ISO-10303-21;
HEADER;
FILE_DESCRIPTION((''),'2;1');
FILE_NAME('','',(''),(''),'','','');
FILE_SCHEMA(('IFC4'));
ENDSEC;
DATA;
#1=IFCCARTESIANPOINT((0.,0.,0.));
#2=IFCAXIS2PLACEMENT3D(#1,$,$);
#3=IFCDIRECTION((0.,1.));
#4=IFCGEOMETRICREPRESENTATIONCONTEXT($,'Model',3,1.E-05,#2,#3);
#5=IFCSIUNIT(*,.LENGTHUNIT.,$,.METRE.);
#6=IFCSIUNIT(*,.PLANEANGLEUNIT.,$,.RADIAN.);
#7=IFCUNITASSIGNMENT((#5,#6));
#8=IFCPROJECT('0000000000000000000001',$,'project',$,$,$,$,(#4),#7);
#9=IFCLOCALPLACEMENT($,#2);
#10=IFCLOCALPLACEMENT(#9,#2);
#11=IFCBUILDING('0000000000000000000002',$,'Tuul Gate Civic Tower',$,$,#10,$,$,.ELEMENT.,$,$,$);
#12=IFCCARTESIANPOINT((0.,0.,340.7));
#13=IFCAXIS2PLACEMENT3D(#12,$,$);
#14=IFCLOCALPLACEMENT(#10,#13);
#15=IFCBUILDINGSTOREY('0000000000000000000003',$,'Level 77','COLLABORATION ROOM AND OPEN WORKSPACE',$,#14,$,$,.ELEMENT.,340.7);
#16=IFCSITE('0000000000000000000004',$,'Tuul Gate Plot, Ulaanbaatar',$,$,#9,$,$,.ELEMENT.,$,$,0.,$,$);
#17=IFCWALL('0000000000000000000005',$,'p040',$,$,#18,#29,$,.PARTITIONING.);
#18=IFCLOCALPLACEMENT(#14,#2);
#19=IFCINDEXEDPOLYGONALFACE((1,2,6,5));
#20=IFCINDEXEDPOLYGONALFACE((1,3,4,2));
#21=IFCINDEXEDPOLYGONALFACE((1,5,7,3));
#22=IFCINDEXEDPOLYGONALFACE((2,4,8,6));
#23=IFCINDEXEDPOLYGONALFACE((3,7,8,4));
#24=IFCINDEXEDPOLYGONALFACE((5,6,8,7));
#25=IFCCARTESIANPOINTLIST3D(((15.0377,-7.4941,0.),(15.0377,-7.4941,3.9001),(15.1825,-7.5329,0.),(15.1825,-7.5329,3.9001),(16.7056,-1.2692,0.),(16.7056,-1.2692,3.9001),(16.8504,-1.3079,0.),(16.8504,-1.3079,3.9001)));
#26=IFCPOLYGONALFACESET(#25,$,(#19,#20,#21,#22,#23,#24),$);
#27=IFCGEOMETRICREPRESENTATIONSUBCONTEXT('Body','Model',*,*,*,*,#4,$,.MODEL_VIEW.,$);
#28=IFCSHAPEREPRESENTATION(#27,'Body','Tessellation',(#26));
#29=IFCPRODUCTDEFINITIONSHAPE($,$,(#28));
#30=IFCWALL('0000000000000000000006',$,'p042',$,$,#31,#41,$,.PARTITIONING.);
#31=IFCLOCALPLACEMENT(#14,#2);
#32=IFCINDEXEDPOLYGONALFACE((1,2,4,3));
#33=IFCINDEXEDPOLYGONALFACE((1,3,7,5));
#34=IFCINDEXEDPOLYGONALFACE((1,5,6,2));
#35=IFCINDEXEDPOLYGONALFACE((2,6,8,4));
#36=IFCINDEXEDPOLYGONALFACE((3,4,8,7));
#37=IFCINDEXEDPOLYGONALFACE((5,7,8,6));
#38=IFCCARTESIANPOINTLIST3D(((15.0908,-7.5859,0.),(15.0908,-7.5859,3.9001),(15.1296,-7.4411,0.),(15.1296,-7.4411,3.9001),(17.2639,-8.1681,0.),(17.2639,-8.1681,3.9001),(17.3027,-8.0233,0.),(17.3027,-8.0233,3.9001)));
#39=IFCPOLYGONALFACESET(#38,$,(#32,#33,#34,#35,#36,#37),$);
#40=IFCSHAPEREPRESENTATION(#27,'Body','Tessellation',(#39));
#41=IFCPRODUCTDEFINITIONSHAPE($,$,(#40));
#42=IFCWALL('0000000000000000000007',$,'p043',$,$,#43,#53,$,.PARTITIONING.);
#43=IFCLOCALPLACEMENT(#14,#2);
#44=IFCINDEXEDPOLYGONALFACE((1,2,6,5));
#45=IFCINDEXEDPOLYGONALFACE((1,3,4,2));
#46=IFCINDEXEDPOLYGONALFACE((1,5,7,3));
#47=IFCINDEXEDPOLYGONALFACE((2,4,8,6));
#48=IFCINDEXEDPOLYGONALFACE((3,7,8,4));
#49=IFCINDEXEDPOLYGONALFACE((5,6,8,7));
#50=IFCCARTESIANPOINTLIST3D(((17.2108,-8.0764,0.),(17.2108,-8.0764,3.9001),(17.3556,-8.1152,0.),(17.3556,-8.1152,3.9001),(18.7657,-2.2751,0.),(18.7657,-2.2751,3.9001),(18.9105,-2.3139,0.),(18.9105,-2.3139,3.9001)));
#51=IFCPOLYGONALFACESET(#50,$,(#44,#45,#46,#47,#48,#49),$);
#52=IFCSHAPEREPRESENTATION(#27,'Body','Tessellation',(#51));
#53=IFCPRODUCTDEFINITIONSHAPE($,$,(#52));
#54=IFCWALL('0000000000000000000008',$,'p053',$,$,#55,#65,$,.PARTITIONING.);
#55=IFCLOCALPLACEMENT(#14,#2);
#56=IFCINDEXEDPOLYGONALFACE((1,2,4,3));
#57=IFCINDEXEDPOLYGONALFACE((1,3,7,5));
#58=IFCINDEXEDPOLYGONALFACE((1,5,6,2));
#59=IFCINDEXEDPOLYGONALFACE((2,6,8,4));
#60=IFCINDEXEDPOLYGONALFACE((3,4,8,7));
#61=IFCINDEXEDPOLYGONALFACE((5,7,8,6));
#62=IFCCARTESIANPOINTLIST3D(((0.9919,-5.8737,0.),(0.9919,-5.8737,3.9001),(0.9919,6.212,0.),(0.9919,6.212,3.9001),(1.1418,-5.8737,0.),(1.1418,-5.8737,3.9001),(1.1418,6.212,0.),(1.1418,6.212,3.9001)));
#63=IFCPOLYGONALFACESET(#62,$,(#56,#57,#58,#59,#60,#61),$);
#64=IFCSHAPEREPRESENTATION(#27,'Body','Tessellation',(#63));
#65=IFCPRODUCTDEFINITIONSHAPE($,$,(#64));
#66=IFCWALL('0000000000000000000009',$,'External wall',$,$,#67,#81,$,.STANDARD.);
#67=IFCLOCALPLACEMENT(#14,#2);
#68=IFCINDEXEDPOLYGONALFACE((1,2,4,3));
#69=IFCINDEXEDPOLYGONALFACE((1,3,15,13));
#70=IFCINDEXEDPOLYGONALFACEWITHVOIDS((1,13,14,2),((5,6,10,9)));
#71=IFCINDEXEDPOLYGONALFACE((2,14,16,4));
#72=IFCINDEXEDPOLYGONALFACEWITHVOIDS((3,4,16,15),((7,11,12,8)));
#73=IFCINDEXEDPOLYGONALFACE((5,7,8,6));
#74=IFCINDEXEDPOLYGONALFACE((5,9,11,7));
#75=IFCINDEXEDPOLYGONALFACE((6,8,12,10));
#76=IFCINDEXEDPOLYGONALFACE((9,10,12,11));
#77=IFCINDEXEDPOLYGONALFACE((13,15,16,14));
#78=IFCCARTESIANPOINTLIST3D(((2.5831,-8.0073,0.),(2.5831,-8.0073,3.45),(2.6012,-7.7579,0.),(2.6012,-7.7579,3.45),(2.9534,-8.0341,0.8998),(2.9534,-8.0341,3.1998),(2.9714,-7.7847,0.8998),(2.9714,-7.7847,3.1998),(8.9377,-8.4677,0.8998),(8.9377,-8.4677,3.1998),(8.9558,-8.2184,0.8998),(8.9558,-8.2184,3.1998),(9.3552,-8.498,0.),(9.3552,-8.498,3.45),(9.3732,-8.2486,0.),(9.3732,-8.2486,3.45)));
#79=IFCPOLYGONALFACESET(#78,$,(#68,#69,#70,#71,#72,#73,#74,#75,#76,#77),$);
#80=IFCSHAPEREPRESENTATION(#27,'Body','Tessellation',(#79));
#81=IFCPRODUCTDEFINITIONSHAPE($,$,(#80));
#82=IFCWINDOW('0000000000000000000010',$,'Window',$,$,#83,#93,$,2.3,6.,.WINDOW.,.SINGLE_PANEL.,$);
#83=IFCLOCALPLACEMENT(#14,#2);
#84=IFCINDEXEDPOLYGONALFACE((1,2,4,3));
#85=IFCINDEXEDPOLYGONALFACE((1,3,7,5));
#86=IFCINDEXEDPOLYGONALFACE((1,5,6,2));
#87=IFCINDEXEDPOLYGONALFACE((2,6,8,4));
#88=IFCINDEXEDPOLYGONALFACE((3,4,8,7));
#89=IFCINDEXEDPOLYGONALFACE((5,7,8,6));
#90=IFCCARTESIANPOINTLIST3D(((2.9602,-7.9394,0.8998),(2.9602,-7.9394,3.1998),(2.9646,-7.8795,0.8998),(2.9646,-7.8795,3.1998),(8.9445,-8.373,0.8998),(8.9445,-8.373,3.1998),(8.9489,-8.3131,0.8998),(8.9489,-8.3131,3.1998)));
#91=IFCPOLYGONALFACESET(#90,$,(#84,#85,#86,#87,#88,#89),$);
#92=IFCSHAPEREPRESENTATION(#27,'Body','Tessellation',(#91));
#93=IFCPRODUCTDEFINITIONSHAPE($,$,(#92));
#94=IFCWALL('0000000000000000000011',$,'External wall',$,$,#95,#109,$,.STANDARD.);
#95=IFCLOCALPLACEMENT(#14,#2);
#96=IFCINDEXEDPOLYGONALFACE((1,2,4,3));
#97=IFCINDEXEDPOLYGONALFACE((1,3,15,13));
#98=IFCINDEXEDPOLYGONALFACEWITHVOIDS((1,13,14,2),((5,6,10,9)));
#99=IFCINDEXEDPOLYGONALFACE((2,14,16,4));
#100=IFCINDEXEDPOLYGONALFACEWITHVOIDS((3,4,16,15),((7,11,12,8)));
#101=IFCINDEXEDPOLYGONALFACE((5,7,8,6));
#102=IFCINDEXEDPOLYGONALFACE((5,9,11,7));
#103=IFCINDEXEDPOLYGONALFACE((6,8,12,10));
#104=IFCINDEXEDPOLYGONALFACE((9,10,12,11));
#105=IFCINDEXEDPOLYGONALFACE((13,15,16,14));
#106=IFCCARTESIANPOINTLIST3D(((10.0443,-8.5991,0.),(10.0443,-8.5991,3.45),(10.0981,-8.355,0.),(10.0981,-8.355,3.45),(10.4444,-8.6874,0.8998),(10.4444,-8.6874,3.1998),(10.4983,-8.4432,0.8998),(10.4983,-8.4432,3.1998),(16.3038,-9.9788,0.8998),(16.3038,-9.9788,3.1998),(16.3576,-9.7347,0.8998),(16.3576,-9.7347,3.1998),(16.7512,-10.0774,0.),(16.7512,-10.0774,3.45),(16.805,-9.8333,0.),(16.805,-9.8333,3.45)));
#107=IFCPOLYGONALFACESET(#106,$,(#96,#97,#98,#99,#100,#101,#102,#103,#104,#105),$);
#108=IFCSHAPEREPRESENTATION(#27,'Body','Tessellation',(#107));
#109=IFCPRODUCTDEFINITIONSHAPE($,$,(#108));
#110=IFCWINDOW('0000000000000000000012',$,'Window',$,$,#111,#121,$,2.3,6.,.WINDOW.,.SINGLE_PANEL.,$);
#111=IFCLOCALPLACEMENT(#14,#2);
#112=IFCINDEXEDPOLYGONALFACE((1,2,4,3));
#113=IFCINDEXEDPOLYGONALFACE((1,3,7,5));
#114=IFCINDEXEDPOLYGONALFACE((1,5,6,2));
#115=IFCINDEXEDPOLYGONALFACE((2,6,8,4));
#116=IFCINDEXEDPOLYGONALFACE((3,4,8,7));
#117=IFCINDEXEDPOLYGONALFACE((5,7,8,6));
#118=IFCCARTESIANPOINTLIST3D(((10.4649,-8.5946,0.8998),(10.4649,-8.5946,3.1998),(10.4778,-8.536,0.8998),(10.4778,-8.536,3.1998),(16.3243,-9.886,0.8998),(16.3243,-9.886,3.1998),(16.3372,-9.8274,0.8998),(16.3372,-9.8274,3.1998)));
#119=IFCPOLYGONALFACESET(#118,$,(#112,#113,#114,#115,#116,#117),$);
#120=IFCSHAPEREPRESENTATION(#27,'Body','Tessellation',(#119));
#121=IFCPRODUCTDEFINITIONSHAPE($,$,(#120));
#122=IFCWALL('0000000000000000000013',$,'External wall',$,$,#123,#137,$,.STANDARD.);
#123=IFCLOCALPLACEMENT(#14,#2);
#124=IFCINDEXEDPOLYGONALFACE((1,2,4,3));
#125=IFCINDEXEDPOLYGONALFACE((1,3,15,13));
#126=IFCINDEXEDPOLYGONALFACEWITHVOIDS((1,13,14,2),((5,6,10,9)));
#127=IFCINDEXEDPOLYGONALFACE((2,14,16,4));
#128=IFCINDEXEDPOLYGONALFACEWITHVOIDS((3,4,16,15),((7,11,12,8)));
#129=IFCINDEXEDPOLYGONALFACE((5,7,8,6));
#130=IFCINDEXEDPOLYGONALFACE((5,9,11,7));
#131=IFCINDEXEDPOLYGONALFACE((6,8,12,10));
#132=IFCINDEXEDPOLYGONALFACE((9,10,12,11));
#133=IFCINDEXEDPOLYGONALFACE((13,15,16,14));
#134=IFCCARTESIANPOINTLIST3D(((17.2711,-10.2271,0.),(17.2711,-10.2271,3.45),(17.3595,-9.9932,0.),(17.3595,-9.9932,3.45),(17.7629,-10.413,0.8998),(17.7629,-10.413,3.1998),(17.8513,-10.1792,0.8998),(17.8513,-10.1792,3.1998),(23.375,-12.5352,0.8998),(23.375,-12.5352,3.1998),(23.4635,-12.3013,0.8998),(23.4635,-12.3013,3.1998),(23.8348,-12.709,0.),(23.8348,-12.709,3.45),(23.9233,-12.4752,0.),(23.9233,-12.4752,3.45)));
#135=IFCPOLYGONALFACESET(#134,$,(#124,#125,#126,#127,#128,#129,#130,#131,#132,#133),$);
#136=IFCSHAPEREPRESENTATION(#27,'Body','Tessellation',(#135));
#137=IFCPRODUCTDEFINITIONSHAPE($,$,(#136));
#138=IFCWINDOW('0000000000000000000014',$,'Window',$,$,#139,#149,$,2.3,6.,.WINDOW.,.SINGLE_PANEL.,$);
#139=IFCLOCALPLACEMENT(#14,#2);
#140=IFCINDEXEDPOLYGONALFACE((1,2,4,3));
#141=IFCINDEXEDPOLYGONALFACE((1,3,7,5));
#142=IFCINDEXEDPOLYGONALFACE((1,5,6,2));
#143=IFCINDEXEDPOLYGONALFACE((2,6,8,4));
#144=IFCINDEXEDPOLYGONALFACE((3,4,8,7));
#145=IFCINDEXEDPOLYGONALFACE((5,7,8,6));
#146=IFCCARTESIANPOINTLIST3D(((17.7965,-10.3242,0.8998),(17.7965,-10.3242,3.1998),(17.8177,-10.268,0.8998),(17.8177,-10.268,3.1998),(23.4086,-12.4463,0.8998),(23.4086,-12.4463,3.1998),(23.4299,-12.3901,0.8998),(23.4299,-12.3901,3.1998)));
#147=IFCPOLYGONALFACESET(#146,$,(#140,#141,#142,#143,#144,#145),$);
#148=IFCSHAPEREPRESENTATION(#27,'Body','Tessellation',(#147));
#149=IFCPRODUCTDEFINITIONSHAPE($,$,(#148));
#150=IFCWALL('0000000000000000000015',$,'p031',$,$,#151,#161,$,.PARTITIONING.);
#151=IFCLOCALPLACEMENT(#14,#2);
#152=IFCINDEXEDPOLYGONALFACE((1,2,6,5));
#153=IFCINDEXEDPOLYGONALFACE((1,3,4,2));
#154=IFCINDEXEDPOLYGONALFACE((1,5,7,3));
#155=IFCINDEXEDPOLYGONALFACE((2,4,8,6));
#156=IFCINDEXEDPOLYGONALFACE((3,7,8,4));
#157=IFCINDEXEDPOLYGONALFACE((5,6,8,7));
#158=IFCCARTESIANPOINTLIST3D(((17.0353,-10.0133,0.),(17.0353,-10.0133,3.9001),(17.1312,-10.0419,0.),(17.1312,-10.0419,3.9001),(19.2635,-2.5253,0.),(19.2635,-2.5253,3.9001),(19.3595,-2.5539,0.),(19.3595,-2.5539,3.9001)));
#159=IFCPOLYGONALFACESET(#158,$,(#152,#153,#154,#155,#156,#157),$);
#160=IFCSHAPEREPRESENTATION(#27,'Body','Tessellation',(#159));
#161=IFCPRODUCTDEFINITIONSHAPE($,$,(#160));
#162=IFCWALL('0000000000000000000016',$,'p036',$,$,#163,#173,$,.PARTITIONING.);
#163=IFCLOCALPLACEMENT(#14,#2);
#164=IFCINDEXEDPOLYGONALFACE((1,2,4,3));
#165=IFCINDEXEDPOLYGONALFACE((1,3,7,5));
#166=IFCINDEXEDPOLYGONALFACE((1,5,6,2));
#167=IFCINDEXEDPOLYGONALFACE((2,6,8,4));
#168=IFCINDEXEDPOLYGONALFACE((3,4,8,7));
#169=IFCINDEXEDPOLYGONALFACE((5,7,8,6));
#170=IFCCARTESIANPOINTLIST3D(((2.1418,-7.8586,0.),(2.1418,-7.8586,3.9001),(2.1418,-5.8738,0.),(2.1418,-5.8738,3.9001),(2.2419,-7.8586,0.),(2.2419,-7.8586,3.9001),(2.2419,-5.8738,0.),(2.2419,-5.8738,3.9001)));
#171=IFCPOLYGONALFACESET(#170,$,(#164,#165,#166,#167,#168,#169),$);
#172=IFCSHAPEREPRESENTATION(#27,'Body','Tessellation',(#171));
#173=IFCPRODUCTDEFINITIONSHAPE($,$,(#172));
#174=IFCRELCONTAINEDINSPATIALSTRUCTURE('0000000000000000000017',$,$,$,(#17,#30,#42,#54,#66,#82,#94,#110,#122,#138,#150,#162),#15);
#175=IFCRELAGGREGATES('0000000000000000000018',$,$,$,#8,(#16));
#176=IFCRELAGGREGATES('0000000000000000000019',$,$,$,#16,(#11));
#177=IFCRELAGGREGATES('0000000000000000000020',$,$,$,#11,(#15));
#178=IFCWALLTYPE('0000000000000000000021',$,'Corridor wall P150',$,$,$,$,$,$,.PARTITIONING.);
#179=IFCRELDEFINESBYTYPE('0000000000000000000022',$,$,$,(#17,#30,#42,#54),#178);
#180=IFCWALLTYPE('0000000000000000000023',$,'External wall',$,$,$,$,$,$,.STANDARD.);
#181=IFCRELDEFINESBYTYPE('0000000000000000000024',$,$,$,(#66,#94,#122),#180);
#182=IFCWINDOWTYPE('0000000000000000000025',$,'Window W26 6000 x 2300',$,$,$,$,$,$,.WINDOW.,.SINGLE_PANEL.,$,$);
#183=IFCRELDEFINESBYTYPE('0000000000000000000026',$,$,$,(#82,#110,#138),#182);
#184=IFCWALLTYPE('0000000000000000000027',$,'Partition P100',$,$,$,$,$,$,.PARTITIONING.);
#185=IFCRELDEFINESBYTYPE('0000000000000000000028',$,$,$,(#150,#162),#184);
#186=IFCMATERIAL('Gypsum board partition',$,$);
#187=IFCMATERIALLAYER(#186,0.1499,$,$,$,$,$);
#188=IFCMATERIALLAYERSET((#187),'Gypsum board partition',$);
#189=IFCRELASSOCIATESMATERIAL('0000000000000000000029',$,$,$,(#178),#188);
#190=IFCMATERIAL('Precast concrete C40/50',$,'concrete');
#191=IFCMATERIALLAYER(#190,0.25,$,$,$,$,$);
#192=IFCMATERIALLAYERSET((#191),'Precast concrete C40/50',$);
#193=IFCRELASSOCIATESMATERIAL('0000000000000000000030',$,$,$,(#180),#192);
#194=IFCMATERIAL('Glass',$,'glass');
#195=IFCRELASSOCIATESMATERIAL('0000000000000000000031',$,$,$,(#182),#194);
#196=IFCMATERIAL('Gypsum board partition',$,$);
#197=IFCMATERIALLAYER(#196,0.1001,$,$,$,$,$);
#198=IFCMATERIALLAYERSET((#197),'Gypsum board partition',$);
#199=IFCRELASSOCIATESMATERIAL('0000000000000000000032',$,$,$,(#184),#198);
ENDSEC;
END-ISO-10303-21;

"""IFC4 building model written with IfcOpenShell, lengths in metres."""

from ifc_helpers import new_model, si_unit, direction, frame, frame_2d, origin, place, context, subcontext, project, spatial, rectangle, extrude, material, layer, layer_set, type_object, element, fill, save


model = new_model("IFC4")

# Units and contexts
model_context = context("Model", 3, precision=1e-05, world=origin(), true_north=direction((0.0, 1.0)))
body_context = subcontext(model_context, "Body", "Model", "MODEL_VIEW")
ifc_project = project(units=[si_unit("LENGTHUNIT", "METRE"), si_unit("PLANEANGLEUNIT", "RADIAN")], contexts=[model_context])

# Site, building, storey
site_placement = place(None, origin())
site = spatial("IfcSite", under=ifc_project, at=site_placement, Name="Tuul Gate Plot, Ulaanbaatar", CompositionType="ELEMENT", RefElevation=0.0)
building_placement = place(site_placement, origin())
building = spatial("IfcBuilding", under=site, at=building_placement, Name="Tuul Gate Civic Tower", CompositionType="ELEMENT")
storey_placement = place(building_placement, frame((0.0, 0.0, 340.7)))
storey = spatial("IfcBuildingStorey", under=building, at=storey_placement, Name="Level 77", Description="COLLABORATION ROOM AND OPEN WORKSPACE", CompositionType="ELEMENT", Elevation=340.7)

# Walls
ifc_material_1 = material(Name="Gypsum board partition")
ifc_layer_1 = layer(ifc_material_1, 0.1499)
ifc_layer_set_1 = layer_set([ifc_layer_1], Name="Gypsum board partition")
wall_type_1 = type_object("IfcWallType", Name="Corridor wall P150", PredefinedType="PARTITIONING", material=ifc_layer_set_1)
wall_1_placement = place(storey_placement, frame((15.1101, -7.5134, 0.0), z_axis=(0.0, 0.0, 1.0), x_axis=(0.258813, 0.965927, 0.0)))
element("IfcWall", 1, at=wall_1_placement, inside=storey, type_object=wall_type_1, Name="p040", PredefinedType="PARTITIONING", context=body_context, shape_type="SweptSolid", body=[
    extrude(rectangle(XDim=6.4446, YDim=0.1499, at=frame_2d((3.2222, 0.0))), origin(), (0.0, 0.0, 1.0), 3.9001),
])
wall_2_placement = place(storey_placement, frame((15.1101, -7.5134, 0.0), z_axis=(0.0, 0.0, 1.0), x_axis=(0.965926, -0.258817, 0.0)))
element("IfcWall", 2, at=wall_2_placement, inside=storey, type_object=wall_type_1, Name="p042", PredefinedType="PARTITIONING", context=body_context, shape_type="SweptSolid", body=[
    extrude(rectangle(XDim=2.2498, YDim=0.1499, at=frame_2d((1.125, 0.0))), origin(), (0.0, 0.0, 1.0), 3.9001),
])
wall_3_placement = place(storey_placement, frame((17.2832, -8.0957, 0.0), z_axis=(0.0, 0.0, 1.0), x_axis=(0.258895, 0.965906, 0.0)))
element("IfcWall", 3, at=wall_3_placement, inside=storey, type_object=wall_type_1, Name="p043", PredefinedType="PARTITIONING", context=body_context, shape_type="SweptSolid", body=[
    extrude(rectangle(XDim=6.0061, YDim=0.1499, at=frame_2d((3.0029, 0.0))), origin(), (0.0, 0.0, 1.0), 3.9001),
])
wall_4_placement = place(storey_placement, frame((1.0669, -5.8738, 0.0), z_axis=(0.0, 0.0, 1.0), x_axis=(0.0, 1.0, 0.0)))
element("IfcWall", 4, at=wall_4_placement, inside=storey, type_object=wall_type_1, Name="p053", PredefinedType="PARTITIONING", context=body_context, shape_type="SweptSolid", body=[
    extrude(rectangle(XDim=12.0857, YDim=0.1499, at=frame_2d((6.043, 0.0))), origin(), (0.0, 0.0, 1.0), 3.9001),
])

# Walls, openings, windows
ifc_material_2 = material(Name="Precast concrete C40/50", Category="concrete")
ifc_layer_2 = layer(ifc_material_2, 0.25)
ifc_layer_set_2 = layer_set([ifc_layer_2], Name="Precast concrete C40/50")
wall_type_2 = type_object("IfcWallType", Name="External wall", PredefinedType="STANDARD", material=ifc_layer_set_2)
wall_5_placement = place(storey_placement, frame((2.592, -7.8826, 0.0), z_axis=(0.0, 0.0, 1.0), x_axis=(0.997385, -0.072274, 0.0)))
wall_5 = element("IfcWall", 5, at=wall_5_placement, inside=storey, type_object=wall_type_2, Name="External wall", PredefinedType="STANDARD", context=body_context, shape_type="SweptSolid", body=[
    extrude(rectangle(XDim=6.7898, YDim=0.25, at=frame_2d((3.395, 0.0))), origin(), (0.0, 0.0, 1.0), 3.45),
])
opening_1_placement = place(wall_5_placement, frame((0.3713, 0.0, 0.8999)))
opening_1 = element("IfcOpeningElement", 6, at=opening_1_placement, cuts=wall_5, PredefinedType="OPENING", context=body_context, shape_type="SweptSolid", body=[
    extrude(rectangle(XDim=6.0, YDim=2.3, at=frame_2d((3.0, 1.1499))), frame((0.0, 0.135, 0.0), z_axis=(0.0, -1.0, 0.0), x_axis=(1.0, 0.0, 0.0)), (0.0, 0.0, 1.0), 0.27),
])
ifc_material_3 = material(Name="Glass", Category="glass")
window_type = type_object("IfcWindowType", Name="Window W26 6000 x 2300", PartitioningType="SINGLE_PANEL", PredefinedType="WINDOW", material=ifc_material_3)
window_1_placement = place(opening_1_placement, origin())
window_1 = element("IfcWindow", 7, at=window_1_placement, inside=storey, type_object=window_type, Name="Window", OverallHeight=2.3, OverallWidth=6.0, PartitioningType="SINGLE_PANEL", PredefinedType="WINDOW", context=body_context, shape_type="SweptSolid", body=[
    extrude(rectangle(XDim=6.0, YDim=2.3, at=frame_2d((3.0, 1.1499))), frame((0.0, 0.03, 0.0), z_axis=(0.0, -1.0, 0.0), x_axis=(1.0, 0.0, 0.0)), (0.0, 0.0, 1.0), 0.0601),
])
fill(opening_1, window_1)
wall_6_placement = place(storey_placement, frame((10.071, -8.4771, 0.0), z_axis=(0.0, 0.0, 1.0), x_axis=(0.976561, -0.21524, 0.0)))
wall_6 = element("IfcWall", 8, at=wall_6_placement, inside=storey, type_object=wall_type_2, Name="External wall", PredefinedType="STANDARD", context=body_context, shape_type="SweptSolid", body=[
    extrude(rectangle(XDim=6.8679, YDim=0.25, at=frame_2d((3.4341, 0.0))), origin(), (0.0, 0.0, 1.0), 3.45),
])
opening_2_placement = place(wall_6_placement, frame((0.4099, 0.0, 0.8999)))
opening_2 = element("IfcOpeningElement", 9, at=opening_2_placement, cuts=wall_6, PredefinedType="OPENING", context=body_context, shape_type="SweptSolid", body=[
    extrude(rectangle(XDim=6.0, YDim=2.3, at=frame_2d((3.0, 1.1499))), frame((0.0, 0.135, 0.0), z_axis=(0.0, -1.0, 0.0), x_axis=(1.0, 0.0, 0.0)), (0.0, 0.0, 1.0), 0.27),
])
window_2_placement = place(opening_2_placement, origin())
window_2 = element("IfcWindow", 10, at=window_2_placement, inside=storey, type_object=window_type, Name="Window", OverallHeight=2.3, OverallWidth=6.0, PartitioningType="SINGLE_PANEL", PredefinedType="WINDOW", context=body_context, shape_type="SweptSolid", body=[
    extrude(rectangle(XDim=6.0, YDim=2.3, at=frame_2d((3.0, 1.1499))), frame((0.0, 0.03, 0.0), z_axis=(0.0, -1.0, 0.0), x_axis=(1.0, 0.0, 0.0)), (0.0, 0.0, 1.0), 0.0601),
])
fill(opening_2, window_2)
wall_7_placement = place(storey_placement, frame((17.3152, -10.1101, 0.0), z_axis=(0.0, 0.0, 1.0), x_axis=(0.935363, -0.353688, 0.0)))
wall_7 = element("IfcWall", 11, at=wall_7_placement, inside=storey, type_object=wall_type_2, Name="External wall", PredefinedType="STANDARD", context=body_context, shape_type="SweptSolid", body=[
    extrude(rectangle(XDim=7.0173, YDim=0.25, at=frame_2d((3.5088, 0.0))), origin(), (0.0, 0.0, 1.0), 3.45),
])
opening_3_placement = place(wall_7_placement, frame((0.5259, 0.0, 0.8999)))
opening_3 = element("IfcOpeningElement", 12, at=opening_3_placement, cuts=wall_7, PredefinedType="OPENING", context=body_context, shape_type="SweptSolid", body=[
    extrude(rectangle(XDim=6.0, YDim=2.3, at=frame_2d((3.0, 1.1499))), frame((0.0, 0.135, 0.0), z_axis=(0.0, -1.0, 0.0), x_axis=(1.0, 0.0, 0.0)), (0.0, 0.0, 1.0), 0.27),
])
window_3_placement = place(opening_3_placement, origin())
window_3 = element("IfcWindow", 13, at=window_3_placement, inside=storey, type_object=window_type, Name="Window", OverallHeight=2.3, OverallWidth=6.0, PartitioningType="SINGLE_PANEL", PredefinedType="WINDOW", context=body_context, shape_type="SweptSolid", body=[
    extrude(rectangle(XDim=6.0, YDim=2.3, at=frame_2d((3.0, 1.1499))), frame((0.0, 0.03, 0.0), z_axis=(0.0, -1.0, 0.0), x_axis=(1.0, 0.0, 0.0)), (0.0, 0.0, 1.0), 0.0601),
])
fill(opening_3, window_3)

# Walls
ifc_material_4 = material(Name="Gypsum board partition")
ifc_layer_3 = layer(ifc_material_4, 0.1001)
ifc_layer_set_3 = layer_set([ifc_layer_3], Name="Gypsum board partition")
wall_type_3 = type_object("IfcWallType", Name="Partition P100", PredefinedType="PARTITIONING", material=ifc_layer_set_3)
wall_8_placement = place(storey_placement, frame((17.0833, -10.0276, 0.0), z_axis=(0.0, 0.0, 1.0), x_axis=(0.285217, 0.958463, 0.0)))
element("IfcWall", 14, at=wall_8_placement, inside=storey, type_object=wall_type_3, Name="p031", PredefinedType="PARTITIONING", context=body_context, shape_type="SweptSolid", body=[
    extrude(rectangle(XDim=7.8125, YDim=0.1001, at=frame_2d((3.9062, 0.0))), origin(), (0.0, 0.0, 1.0), 3.9001),
])
wall_9_placement = place(storey_placement, frame((2.1919, -7.8586, 0.0), z_axis=(0.0, 0.0, 1.0), x_axis=(0.0, 1.0, 0.0)))
element("IfcWall", 15, at=wall_9_placement, inside=storey, type_object=wall_type_3, Name="p036", PredefinedType="PARTITIONING", context=body_context, shape_type="SweptSolid", body=[
    extrude(rectangle(XDim=1.9849, YDim=0.1001, at=frame_2d((0.9924, 0.0))), origin(), (0.0, 0.0, 1.0), 3.9001),
])

save(model, "model.ifc")
